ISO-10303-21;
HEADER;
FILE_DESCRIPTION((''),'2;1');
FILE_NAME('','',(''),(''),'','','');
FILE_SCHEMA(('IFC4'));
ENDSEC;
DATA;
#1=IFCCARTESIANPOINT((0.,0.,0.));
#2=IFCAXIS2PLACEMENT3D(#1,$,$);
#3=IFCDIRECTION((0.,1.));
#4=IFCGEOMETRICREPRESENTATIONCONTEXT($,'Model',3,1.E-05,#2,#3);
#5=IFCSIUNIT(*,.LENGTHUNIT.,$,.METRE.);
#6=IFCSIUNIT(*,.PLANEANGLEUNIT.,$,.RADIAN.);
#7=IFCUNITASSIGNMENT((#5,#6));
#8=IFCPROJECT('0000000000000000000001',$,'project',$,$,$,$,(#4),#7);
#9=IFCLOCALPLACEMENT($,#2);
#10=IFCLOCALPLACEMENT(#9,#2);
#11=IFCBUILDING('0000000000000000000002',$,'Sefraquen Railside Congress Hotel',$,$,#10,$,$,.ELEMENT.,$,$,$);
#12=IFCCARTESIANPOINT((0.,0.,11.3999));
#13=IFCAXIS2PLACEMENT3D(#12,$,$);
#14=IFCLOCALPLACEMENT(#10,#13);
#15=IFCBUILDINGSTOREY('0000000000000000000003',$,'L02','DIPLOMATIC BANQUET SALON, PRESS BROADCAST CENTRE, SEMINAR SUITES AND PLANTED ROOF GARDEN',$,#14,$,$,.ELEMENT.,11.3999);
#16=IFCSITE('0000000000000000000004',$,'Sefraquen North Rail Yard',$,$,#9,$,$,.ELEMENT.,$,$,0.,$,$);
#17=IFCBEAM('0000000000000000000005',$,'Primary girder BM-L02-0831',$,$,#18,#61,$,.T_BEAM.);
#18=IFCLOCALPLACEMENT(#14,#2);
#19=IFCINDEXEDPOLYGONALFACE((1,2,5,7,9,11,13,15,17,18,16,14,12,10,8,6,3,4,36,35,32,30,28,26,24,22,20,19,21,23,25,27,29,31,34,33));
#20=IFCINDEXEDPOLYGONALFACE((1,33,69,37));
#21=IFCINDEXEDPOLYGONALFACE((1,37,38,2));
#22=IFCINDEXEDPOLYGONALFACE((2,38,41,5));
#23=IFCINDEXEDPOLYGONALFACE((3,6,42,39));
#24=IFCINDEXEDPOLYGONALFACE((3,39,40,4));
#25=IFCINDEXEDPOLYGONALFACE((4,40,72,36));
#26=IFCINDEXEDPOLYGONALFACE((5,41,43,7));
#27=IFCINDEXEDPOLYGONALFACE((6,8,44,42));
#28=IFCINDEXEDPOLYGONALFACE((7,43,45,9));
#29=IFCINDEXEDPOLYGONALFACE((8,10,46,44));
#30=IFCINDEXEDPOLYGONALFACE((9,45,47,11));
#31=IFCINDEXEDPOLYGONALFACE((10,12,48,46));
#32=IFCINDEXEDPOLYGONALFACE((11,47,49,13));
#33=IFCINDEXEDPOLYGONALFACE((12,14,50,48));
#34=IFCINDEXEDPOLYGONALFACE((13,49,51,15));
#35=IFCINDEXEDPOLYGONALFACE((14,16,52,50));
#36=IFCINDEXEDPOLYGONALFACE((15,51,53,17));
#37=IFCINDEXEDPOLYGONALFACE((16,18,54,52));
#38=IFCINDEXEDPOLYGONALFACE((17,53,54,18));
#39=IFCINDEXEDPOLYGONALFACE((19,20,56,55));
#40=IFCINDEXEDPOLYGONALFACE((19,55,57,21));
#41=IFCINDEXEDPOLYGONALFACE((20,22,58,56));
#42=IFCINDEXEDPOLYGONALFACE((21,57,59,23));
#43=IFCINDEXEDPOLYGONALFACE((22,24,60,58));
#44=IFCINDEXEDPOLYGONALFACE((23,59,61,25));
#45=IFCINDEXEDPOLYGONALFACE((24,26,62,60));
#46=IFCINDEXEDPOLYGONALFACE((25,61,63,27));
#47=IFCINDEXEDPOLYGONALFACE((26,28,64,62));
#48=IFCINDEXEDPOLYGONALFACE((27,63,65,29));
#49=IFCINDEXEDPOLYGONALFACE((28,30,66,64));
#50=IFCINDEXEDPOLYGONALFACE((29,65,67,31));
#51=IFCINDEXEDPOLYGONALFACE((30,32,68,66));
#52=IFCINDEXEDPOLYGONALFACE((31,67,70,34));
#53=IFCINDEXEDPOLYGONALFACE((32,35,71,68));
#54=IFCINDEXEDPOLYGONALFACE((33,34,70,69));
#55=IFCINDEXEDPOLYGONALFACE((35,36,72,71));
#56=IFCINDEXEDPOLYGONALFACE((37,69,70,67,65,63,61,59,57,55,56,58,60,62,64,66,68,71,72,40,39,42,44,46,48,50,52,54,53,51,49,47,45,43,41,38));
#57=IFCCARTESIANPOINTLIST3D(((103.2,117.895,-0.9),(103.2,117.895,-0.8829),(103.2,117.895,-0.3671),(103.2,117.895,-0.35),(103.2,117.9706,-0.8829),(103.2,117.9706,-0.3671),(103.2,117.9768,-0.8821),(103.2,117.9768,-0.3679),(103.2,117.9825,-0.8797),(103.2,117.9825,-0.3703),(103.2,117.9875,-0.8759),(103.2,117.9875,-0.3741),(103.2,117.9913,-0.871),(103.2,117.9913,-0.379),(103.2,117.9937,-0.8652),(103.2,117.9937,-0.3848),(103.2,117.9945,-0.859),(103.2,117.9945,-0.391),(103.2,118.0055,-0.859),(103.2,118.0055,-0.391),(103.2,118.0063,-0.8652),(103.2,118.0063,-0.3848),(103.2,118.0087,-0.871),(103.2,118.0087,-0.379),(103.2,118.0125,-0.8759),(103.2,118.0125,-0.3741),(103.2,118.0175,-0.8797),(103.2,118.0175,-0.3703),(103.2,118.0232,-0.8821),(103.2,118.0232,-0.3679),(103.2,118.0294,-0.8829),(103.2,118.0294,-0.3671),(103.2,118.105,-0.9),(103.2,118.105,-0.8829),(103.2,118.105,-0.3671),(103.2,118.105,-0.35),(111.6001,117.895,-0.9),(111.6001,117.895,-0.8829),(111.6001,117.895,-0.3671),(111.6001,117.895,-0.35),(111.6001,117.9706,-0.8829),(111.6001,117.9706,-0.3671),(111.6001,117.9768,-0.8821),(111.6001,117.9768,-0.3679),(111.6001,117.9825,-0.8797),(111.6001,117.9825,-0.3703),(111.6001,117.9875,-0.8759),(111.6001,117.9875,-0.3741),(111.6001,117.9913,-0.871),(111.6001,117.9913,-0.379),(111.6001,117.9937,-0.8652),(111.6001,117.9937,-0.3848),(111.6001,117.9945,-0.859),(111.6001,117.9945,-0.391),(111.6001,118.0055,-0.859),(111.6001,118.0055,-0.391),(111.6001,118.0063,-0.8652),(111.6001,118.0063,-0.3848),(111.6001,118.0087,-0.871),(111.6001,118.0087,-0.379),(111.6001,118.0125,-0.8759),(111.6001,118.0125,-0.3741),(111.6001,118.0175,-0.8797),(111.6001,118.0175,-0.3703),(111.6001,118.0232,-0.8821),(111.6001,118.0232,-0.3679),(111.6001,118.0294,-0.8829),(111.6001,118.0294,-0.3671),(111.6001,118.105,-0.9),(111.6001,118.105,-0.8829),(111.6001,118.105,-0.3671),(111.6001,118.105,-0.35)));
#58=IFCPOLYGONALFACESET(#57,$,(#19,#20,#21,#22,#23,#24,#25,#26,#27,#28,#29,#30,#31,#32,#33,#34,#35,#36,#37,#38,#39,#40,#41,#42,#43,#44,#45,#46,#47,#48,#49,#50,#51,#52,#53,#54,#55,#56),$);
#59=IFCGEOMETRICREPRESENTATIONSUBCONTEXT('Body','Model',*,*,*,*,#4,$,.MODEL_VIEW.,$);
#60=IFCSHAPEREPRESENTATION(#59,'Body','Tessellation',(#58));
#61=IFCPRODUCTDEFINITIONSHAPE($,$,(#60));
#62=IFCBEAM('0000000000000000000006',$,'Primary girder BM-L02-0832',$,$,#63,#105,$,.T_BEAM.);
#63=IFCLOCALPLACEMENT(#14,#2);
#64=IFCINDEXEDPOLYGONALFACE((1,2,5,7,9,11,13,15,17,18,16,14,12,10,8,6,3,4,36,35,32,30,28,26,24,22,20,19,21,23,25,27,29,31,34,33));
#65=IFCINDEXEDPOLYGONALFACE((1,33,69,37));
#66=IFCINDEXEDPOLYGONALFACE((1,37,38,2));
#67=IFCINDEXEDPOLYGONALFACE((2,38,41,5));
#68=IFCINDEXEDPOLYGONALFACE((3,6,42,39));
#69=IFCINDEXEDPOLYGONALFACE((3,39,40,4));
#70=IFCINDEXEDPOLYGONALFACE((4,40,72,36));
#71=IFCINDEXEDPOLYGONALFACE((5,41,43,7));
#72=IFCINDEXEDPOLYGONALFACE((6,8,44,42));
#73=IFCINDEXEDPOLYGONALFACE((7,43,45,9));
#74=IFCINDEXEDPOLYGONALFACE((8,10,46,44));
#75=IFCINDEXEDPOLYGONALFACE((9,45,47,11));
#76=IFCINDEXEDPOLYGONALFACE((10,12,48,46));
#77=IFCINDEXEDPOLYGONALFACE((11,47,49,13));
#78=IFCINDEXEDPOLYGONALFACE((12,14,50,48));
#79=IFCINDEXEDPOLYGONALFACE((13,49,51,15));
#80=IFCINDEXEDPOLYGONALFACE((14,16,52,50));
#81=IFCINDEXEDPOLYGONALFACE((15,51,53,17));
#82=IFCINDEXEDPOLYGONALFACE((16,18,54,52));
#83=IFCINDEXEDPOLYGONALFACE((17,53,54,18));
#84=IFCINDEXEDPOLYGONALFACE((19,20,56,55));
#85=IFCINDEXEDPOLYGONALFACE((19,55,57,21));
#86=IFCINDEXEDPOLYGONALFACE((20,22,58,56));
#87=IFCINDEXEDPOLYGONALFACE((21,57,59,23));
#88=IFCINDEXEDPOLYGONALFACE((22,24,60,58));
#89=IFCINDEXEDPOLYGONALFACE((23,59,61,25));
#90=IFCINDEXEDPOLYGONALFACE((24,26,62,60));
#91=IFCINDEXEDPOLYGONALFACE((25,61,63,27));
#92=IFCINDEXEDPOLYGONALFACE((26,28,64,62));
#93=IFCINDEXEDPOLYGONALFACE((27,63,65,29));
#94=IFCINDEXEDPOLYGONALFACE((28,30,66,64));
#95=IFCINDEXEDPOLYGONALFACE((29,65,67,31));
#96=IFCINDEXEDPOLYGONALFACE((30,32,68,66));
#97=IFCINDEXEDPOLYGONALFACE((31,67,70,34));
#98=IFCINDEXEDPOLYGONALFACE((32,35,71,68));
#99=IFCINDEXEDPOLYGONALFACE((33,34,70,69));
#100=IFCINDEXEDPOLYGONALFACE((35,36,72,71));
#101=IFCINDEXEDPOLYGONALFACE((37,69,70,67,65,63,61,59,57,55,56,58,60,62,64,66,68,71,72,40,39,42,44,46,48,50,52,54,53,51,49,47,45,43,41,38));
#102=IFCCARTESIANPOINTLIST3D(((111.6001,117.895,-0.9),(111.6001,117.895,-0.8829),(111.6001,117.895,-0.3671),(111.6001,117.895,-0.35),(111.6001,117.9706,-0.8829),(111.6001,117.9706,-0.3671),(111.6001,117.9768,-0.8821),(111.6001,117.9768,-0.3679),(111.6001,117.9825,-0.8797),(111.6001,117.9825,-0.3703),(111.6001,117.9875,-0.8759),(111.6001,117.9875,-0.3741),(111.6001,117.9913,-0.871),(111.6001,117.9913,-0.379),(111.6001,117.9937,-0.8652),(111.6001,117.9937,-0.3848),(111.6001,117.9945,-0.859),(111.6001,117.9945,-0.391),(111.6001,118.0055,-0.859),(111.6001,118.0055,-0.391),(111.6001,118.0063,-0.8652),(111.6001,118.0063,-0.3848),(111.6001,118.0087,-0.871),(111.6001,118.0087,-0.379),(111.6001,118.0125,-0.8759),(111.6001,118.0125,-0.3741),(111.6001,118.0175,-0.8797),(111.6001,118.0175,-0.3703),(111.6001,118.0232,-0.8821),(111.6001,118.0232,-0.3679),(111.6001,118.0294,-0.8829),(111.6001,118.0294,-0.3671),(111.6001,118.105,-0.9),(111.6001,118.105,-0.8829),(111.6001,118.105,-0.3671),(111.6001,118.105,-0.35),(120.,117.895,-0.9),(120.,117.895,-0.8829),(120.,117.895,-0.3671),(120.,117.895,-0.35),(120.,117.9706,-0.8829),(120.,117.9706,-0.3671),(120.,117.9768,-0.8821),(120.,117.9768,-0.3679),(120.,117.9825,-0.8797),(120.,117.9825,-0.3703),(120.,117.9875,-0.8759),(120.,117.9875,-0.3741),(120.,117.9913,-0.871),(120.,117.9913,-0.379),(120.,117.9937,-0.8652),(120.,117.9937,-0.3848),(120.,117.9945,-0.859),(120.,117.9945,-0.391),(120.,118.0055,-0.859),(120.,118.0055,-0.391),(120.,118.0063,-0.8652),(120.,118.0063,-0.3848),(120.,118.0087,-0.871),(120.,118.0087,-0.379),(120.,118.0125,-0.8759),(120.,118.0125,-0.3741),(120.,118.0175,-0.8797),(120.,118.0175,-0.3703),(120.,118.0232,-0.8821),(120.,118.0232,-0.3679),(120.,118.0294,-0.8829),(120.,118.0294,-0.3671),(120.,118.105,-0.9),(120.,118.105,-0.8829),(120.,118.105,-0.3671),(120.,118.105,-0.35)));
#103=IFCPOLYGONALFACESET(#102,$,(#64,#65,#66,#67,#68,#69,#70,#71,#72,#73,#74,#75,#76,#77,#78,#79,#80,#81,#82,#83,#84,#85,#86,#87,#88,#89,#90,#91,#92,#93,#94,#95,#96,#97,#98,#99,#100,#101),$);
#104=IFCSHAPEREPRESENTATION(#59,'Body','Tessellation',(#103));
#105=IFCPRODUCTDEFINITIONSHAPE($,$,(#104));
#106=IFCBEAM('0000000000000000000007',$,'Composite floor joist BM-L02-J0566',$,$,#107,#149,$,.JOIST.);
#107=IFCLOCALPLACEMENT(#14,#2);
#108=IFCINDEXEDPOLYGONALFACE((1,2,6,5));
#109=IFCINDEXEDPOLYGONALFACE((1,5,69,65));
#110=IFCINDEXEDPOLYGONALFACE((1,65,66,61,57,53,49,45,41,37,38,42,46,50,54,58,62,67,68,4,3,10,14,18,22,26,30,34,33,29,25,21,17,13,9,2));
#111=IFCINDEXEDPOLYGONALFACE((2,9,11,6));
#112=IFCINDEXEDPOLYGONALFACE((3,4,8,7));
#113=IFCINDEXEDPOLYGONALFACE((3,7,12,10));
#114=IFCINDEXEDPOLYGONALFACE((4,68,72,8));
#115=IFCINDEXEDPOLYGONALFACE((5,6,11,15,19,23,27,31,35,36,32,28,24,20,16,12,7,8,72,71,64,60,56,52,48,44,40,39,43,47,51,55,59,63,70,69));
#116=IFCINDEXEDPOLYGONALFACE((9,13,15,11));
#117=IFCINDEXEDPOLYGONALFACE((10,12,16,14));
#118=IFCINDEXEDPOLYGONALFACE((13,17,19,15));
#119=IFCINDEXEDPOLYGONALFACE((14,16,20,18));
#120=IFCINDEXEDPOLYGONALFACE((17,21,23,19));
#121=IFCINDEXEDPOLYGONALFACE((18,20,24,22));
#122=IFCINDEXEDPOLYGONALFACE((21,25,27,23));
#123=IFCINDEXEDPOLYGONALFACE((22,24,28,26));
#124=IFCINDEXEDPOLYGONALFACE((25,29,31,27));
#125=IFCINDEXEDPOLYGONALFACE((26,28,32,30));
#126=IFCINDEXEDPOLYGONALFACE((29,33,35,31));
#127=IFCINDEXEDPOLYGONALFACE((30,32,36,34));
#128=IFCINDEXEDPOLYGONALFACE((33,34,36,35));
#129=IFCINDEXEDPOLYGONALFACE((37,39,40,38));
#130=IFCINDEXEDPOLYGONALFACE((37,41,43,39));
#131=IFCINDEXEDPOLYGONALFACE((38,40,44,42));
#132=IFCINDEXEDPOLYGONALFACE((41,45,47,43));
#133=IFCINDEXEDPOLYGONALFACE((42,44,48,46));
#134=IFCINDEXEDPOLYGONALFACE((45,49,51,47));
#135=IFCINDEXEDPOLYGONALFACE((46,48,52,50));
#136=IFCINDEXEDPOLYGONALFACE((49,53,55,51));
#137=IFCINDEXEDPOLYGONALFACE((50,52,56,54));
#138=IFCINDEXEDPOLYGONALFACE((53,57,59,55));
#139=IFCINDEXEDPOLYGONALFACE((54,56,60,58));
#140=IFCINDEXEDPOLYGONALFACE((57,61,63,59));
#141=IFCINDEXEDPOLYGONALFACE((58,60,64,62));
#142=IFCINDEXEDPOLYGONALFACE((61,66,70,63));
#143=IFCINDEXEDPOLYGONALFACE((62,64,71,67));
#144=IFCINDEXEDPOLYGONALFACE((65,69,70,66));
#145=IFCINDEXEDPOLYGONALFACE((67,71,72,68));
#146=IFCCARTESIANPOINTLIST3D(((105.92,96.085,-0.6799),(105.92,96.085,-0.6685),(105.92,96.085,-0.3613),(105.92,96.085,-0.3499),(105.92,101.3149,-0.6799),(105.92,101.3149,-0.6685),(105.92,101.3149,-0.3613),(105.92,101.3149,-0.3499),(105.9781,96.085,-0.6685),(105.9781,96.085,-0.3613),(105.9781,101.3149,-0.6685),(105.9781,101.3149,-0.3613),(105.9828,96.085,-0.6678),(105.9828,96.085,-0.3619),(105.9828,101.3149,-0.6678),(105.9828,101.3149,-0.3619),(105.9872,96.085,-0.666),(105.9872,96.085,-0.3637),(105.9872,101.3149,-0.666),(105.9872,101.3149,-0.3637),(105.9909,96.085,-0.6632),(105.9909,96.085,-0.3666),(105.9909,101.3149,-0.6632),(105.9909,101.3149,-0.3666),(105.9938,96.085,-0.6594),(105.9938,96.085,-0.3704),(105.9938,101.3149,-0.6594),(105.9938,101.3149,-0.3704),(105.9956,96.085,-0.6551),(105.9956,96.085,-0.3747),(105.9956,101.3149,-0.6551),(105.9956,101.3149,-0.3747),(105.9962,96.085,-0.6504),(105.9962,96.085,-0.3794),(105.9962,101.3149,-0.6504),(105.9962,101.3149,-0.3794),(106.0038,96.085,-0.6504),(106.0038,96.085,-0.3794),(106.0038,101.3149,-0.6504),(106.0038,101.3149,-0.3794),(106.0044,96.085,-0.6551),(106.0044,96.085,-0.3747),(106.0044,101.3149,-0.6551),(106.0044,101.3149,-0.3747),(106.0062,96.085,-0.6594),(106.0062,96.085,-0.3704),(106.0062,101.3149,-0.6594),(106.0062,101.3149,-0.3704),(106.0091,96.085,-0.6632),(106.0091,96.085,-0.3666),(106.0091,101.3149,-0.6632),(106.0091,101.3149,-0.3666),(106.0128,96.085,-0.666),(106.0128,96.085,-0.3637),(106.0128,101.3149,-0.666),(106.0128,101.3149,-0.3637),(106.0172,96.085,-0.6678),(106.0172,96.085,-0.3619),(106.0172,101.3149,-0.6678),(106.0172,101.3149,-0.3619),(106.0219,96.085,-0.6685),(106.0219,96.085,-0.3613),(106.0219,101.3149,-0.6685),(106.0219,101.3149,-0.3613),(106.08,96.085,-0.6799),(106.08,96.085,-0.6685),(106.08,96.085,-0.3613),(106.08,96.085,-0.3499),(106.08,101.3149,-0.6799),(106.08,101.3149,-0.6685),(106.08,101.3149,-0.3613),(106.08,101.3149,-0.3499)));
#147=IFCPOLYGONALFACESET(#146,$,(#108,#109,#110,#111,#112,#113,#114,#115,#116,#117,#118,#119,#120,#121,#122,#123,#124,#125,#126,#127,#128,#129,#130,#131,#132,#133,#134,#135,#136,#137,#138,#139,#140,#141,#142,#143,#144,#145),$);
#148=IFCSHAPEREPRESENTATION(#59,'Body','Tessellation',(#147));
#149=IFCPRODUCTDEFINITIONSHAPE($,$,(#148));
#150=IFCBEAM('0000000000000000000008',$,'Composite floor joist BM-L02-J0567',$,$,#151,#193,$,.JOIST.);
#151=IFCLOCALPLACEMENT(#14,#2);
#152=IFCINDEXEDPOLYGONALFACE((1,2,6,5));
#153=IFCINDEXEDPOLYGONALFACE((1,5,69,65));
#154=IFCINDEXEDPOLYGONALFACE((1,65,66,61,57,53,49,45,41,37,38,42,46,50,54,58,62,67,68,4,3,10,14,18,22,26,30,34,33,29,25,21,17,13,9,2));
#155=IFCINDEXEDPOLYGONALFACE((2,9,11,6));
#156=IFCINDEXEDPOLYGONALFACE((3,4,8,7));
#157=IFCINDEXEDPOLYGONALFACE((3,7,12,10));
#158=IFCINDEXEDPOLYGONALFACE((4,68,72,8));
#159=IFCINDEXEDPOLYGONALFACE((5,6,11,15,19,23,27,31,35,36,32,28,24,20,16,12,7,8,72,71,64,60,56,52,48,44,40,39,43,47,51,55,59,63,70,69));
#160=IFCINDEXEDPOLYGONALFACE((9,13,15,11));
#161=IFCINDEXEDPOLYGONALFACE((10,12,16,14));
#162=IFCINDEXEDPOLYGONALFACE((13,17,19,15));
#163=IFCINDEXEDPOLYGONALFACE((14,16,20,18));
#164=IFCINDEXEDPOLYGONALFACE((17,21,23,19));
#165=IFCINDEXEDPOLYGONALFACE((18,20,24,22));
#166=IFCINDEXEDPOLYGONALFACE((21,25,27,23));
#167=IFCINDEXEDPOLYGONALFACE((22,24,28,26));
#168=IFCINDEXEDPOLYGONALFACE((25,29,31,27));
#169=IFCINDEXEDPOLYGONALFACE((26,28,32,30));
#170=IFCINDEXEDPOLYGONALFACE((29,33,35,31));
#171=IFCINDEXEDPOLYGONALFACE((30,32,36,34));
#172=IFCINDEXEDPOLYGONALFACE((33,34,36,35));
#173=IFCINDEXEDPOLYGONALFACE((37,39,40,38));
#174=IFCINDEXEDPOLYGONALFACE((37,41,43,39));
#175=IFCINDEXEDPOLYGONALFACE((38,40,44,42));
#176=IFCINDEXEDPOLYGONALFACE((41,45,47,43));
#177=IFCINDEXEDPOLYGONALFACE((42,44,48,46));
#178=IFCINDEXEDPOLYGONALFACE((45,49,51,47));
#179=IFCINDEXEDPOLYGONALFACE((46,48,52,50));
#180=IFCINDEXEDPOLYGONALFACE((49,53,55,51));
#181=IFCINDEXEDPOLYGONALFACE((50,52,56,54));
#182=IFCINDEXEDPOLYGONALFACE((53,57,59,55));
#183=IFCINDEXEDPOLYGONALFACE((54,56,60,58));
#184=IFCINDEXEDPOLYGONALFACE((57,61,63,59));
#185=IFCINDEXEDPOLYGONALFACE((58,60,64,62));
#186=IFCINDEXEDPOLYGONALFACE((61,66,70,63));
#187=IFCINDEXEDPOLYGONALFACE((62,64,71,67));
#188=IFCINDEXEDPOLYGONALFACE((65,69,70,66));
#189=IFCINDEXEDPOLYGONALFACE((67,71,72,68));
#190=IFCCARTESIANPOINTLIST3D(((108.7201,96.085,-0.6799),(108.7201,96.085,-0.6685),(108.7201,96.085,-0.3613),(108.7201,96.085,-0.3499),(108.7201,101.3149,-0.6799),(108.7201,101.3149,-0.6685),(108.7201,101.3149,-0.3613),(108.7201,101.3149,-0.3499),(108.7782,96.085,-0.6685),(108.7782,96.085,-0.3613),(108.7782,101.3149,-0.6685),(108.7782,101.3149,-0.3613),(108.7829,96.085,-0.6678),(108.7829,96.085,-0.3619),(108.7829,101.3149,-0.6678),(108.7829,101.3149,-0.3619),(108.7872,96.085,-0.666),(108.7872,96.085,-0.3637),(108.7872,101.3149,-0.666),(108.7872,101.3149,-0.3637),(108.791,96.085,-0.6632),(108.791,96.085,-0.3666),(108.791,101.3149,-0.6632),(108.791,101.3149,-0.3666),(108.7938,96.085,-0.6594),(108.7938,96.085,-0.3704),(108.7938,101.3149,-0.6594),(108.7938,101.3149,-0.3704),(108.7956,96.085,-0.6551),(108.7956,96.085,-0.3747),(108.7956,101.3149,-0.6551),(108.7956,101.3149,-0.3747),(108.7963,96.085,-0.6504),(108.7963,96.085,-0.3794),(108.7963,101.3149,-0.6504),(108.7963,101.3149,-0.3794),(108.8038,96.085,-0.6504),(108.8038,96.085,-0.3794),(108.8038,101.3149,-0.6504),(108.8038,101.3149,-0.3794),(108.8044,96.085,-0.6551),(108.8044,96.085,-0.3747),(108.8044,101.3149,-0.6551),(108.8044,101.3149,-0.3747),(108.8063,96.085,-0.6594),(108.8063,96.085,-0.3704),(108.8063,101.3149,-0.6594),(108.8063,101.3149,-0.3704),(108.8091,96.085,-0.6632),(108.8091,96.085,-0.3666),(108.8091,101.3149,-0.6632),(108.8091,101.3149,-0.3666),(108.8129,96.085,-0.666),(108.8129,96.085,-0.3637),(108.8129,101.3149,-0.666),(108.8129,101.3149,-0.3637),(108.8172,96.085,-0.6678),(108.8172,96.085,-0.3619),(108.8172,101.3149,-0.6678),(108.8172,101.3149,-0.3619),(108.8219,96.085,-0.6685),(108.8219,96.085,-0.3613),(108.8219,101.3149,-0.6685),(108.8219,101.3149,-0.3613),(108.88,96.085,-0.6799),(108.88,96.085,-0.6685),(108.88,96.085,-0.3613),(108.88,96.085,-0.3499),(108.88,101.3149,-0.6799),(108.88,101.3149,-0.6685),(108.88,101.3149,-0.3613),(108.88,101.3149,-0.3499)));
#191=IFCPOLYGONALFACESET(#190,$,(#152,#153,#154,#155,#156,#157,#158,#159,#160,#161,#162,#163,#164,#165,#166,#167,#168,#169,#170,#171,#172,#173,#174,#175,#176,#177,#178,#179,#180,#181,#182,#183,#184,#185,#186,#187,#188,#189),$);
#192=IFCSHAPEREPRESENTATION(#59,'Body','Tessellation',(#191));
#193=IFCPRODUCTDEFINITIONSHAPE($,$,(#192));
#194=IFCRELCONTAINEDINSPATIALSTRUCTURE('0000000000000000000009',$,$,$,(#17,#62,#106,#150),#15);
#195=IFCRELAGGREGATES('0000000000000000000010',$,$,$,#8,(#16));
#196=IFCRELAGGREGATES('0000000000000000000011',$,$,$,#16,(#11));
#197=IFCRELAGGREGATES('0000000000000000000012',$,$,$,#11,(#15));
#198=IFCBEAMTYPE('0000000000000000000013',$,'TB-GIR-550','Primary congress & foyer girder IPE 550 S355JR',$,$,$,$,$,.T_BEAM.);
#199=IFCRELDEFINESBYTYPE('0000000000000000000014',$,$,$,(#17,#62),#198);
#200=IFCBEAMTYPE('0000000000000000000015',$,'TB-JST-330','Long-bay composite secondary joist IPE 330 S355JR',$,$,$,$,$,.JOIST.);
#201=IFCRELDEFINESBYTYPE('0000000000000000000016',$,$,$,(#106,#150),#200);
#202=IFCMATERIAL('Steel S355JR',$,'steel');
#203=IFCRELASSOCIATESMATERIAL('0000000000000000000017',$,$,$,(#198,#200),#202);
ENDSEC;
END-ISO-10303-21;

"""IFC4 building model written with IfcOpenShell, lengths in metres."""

from ifc_helpers import new_model, si_unit, direction, frame, origin, origin_2d, place, context, subcontext, project, spatial, i_section, extrude, material, material_profile, profile_set, type_object, element, save


model = new_model("IFC4")

# Units and contexts
model_context = context("Model", 3, precision=1e-05, world=origin(), true_north=direction((0.0, 1.0)))
body_context = subcontext(model_context, "Body", "Model", "MODEL_VIEW")
ifc_project = project(units=[si_unit("LENGTHUNIT", "METRE"), si_unit("PLANEANGLEUNIT", "RADIAN")], contexts=[model_context])

# Site, building, storey
site_placement = place(None, origin())
site = spatial("IfcSite", under=ifc_project, at=site_placement, Name="Sefraquen North Rail Yard", CompositionType="ELEMENT", RefElevation=0.0)
building_placement = place(site_placement, origin())
building = spatial("IfcBuilding", under=site, at=building_placement, Name="Sefraquen Railside Congress Hotel", CompositionType="ELEMENT")
storey_placement = place(building_placement, frame((0.0, 0.0, 11.3999)))
storey = spatial("IfcBuildingStorey", under=building, at=storey_placement, Name="L02", Description="DIPLOMATIC BANQUET SALON, PRESS BROADCAST CENTRE, SEMINAR SUITES AND PLANTED ROOF GARDEN", CompositionType="ELEMENT", Elevation=11.3999)

# Shared definitions
ifc_material = material(Name="Steel S355JR", Category="steel")

# Beams
ifc_material_profile_1 = material_profile(ifc_material, i_section(OverallWidth=0.21, OverallDepth=0.55, WebThickness=0.011, FlangeThickness=0.0171, FilletRadius=0.0239, at=origin_2d()), Name="IPE 550")
ifc_profile_set_1 = profile_set([ifc_material_profile_1], Name="Steel S355JR")
beam_type_1 = type_object("IfcBeamType", Name="TB-GIR-550", Description="Primary congress & foyer girder IPE 550 S355JR", PredefinedType="T_BEAM", material=ifc_profile_set_1)
beam_1_placement = place(storey_placement, frame((103.2, 118.0, -0.625), z_axis=(1.0, 0.0, 0.0), x_axis=(0.0, 1.0, 0.0)))
element("IfcBeam", 1, at=beam_1_placement, inside=storey, type_object=beam_type_1, Name="Primary girder BM-L02-0831", PredefinedType="T_BEAM", context=body_context, shape_type="SweptSolid", body=[
    extrude(i_section(OverallWidth=0.21, OverallDepth=0.55, WebThickness=0.011, FlangeThickness=0.0171, FilletRadius=0.0239, at=origin_2d()), origin(), (0.0, 0.0, 1.0), 8.4001),
])
beam_2_placement = place(storey_placement, frame((111.6001, 118.0, -0.625), z_axis=(1.0, 0.0, 0.0), x_axis=(0.0, 1.0, 0.0)))
element("IfcBeam", 2, at=beam_2_placement, inside=storey, type_object=beam_type_1, Name="Primary girder BM-L02-0832", PredefinedType="T_BEAM", context=body_context, shape_type="SweptSolid", body=[
    extrude(i_section(OverallWidth=0.21, OverallDepth=0.55, WebThickness=0.011, FlangeThickness=0.0171, FilletRadius=0.0239, at=origin_2d()), origin(), (0.0, 0.0, 1.0), 8.3999),
])
ifc_material_profile_2 = material_profile(ifc_material, i_section(OverallWidth=0.1599, OverallDepth=0.3301, WebThickness=0.0076, FlangeThickness=0.0115, FilletRadius=0.0181, at=origin_2d()), Name="IPE 330")
ifc_profile_set_2 = profile_set([ifc_material_profile_2], Name="Steel S355JR")
beam_type_2 = type_object("IfcBeamType", Name="TB-JST-330", Description="Long-bay composite secondary joist IPE 330 S355JR", PredefinedType="JOIST", material=ifc_profile_set_2)
for number, where, z_axis, x_axis, name in (
    (3, (106.0, 96.085, -0.5149), (0.0, 1.0, 0.0), (-1.0, 0.0, 0.0), "Composite floor joist BM-L02-J0566"),
    (4, (108.8, 96.085, -0.5149), (0.0, 1.0, 0.0), (-1.0, 0.0, 0.0), "Composite floor joist BM-L02-J0567"),
):
    element("IfcBeam", number, at=place(storey_placement, frame(where, z_axis=z_axis, x_axis=x_axis)), inside=storey, type_object=beam_type_2, Name=name, PredefinedType="JOIST", context=body_context, shape_type="SweptSolid", body=[
        extrude(i_section(OverallWidth=0.1599, OverallDepth=0.3301, WebThickness=0.0076, FlangeThickness=0.0115, FilletRadius=0.0181, at=origin_2d()), origin(), (0.0, 0.0, 1.0), 5.23),
    ])

save(model, "model.ifc")
